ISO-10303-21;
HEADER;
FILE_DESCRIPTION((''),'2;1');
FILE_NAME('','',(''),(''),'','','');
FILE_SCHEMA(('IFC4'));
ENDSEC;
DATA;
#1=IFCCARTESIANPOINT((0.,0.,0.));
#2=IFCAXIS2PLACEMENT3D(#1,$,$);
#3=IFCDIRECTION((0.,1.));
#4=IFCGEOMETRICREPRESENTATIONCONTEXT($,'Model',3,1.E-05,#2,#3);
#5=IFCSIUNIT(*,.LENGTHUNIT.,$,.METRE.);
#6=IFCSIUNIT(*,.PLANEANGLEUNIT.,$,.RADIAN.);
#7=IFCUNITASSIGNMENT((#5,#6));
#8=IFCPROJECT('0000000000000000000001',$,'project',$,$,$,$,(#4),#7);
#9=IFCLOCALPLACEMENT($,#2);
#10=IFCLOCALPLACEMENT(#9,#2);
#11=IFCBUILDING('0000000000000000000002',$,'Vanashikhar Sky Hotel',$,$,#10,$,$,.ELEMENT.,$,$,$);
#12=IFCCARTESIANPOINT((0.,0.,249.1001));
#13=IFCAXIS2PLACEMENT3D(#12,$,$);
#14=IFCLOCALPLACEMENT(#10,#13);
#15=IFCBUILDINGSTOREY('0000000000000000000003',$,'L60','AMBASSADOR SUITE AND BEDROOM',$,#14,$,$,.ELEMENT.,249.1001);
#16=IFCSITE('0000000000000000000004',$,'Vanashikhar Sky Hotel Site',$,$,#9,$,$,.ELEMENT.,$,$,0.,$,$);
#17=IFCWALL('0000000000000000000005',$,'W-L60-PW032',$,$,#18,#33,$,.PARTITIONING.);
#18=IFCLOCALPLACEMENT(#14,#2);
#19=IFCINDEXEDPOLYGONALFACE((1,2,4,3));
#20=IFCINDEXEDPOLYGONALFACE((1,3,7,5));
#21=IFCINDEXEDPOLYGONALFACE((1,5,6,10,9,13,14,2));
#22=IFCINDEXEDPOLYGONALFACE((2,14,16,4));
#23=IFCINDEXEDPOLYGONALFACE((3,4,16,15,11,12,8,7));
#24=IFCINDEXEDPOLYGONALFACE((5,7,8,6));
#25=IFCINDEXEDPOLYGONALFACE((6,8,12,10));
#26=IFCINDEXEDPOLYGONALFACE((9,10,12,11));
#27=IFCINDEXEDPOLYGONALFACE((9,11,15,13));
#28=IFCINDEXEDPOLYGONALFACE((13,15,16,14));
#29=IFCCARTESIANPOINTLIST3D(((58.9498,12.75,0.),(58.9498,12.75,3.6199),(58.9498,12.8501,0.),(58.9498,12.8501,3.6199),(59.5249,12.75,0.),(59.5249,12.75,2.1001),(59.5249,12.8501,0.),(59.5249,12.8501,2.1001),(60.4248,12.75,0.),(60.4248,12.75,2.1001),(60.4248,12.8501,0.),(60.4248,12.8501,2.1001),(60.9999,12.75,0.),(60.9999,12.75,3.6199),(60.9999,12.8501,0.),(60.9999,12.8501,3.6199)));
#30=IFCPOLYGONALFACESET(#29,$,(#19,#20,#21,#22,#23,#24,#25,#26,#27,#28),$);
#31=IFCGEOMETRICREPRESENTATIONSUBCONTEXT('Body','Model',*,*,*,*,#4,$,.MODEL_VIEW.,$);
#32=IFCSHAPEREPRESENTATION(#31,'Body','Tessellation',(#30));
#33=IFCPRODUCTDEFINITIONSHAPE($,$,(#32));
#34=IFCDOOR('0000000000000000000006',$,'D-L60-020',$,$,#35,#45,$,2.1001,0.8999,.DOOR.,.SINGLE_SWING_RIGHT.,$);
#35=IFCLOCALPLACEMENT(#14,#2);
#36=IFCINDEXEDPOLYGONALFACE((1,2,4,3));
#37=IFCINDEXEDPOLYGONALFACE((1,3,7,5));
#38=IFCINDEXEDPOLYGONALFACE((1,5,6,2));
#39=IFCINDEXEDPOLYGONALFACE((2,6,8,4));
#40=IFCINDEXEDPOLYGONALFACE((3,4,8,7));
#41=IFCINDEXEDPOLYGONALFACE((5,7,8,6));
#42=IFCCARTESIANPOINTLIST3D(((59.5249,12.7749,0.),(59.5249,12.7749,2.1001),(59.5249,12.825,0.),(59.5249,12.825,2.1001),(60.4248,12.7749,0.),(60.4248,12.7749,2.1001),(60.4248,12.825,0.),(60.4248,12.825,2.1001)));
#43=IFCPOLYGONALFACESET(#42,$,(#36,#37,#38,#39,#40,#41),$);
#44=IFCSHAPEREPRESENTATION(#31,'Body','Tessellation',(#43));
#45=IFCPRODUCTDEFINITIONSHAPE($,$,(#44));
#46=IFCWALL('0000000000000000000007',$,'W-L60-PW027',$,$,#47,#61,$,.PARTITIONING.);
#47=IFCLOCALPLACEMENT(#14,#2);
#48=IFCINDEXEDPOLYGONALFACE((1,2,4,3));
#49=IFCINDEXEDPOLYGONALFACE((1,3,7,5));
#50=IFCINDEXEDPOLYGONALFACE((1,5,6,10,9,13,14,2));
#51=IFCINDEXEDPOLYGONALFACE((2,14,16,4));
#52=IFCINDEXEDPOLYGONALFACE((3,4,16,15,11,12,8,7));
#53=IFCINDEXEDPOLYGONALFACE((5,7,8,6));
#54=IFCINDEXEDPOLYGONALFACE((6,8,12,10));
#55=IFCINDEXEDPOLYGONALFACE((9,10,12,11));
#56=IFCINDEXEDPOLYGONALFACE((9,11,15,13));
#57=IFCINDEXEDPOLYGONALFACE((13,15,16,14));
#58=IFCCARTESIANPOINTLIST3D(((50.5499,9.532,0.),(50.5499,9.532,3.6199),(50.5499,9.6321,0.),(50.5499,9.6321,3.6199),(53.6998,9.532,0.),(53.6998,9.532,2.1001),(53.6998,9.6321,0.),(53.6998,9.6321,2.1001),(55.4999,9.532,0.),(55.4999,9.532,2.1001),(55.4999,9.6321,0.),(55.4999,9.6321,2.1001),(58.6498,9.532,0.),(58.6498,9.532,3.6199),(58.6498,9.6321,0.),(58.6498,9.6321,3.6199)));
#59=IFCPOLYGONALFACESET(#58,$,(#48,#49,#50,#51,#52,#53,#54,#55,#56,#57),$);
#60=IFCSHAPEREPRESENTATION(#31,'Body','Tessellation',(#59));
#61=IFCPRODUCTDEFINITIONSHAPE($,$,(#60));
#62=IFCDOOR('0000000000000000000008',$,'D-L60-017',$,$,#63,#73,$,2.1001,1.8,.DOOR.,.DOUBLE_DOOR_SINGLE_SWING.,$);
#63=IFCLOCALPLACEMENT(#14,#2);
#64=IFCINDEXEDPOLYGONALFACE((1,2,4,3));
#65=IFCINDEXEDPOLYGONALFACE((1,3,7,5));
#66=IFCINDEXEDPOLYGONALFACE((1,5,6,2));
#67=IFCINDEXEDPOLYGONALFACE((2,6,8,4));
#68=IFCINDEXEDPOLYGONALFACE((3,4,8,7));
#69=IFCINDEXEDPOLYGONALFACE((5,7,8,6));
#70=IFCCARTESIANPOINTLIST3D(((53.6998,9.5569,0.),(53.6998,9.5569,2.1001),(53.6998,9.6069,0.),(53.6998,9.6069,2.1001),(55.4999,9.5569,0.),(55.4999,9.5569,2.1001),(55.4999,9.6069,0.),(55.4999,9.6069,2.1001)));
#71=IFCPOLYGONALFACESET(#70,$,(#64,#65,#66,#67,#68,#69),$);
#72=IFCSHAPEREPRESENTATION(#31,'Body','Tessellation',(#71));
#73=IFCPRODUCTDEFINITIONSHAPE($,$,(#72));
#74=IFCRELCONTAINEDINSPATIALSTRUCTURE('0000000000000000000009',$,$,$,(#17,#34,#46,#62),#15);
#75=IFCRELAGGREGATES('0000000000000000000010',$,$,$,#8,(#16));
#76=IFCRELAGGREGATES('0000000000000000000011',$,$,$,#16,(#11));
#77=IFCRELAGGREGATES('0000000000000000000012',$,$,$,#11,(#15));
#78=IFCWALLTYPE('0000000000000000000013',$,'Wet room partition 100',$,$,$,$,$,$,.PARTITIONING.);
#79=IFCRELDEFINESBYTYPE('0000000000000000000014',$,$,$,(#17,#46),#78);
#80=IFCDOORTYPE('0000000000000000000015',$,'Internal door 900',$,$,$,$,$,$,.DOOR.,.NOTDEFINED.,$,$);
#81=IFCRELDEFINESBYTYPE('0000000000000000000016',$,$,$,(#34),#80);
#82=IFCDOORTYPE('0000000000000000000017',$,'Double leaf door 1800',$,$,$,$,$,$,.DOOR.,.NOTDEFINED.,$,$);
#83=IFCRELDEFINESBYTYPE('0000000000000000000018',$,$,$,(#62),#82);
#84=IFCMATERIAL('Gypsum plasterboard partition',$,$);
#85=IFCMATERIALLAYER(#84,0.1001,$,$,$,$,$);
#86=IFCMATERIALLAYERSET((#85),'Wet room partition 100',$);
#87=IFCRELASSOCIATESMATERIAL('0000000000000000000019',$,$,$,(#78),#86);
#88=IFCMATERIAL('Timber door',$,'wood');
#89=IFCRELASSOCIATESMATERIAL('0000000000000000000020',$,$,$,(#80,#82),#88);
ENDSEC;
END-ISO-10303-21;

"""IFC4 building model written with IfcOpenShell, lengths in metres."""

from ifc_helpers import new_model, si_unit, direction, frame, frame_2d, origin, place, context, subcontext, project, spatial, rectangle, extrude, source, transform, mapped, material, layer, layer_set, type_object, element, fill, save


model = new_model("IFC4")

# Units and contexts
model_context = context("Model", 3, precision=1e-05, world=origin(), true_north=direction((0.0, 1.0)))
body_context = subcontext(model_context, "Body", "Model", "MODEL_VIEW")
ifc_project = project(units=[si_unit("LENGTHUNIT", "METRE"), si_unit("PLANEANGLEUNIT", "RADIAN")], contexts=[model_context])

# Site, building, storey
site_placement = place(None, origin())
site = spatial("IfcSite", under=ifc_project, at=site_placement, Name="Vanashikhar Sky Hotel Site", CompositionType="ELEMENT", RefElevation=0.0)
building_placement = place(site_placement, origin())
building = spatial("IfcBuilding", under=site, at=building_placement, Name="Vanashikhar Sky Hotel", CompositionType="ELEMENT")
storey_placement = place(building_placement, frame((0.0, 0.0, 249.1001)))
storey = spatial("IfcBuildingStorey", under=building, at=storey_placement, Name="L60", Description="AMBASSADOR SUITE AND BEDROOM", CompositionType="ELEMENT", Elevation=249.1001)

# Shared definitions
ifc_material_1 = material(Name="Gypsum plasterboard partition")
ifc_layer_1 = layer(ifc_material_1, 0.1001)
ifc_layer_set_1 = layer_set([ifc_layer_1], Name="Wet room partition 100")
wall_type_1 = type_object("IfcWallType", Name="Wet room partition 100", PredefinedType="PARTITIONING", material=ifc_layer_set_1)
shared_shape_1 = source(origin(), body_context, "Body", "SweptSolid", [
    extrude(rectangle(XDim=0.8999, YDim=2.1001, at=frame_2d((0.45, 1.05))), frame((0.0, 0.0601, 0.0), z_axis=(0.0, -1.0, 0.0), x_axis=(1.0, 0.0, 0.0)), (0.0, 0.0, 1.0), 0.1201),
])
ifc_material_2 = material(Name="Timber door", Category="wood")
door_type_1 = type_object("IfcDoorType", Name="Internal door 900", OperationType="NOTDEFINED", PredefinedType="DOOR", material=ifc_material_2)
shared_shape_2 = source(origin(), body_context, "Body", "SweptSolid", [
    extrude(rectangle(XDim=0.8999, YDim=2.1001, at=frame_2d((0.45, 1.05))), frame((0.0, 0.0249, 0.0), z_axis=(0.0, -1.0, 0.0), x_axis=(1.0, 0.0, 0.0)), (0.0, 0.0, 1.0), 0.05),
])
shared_shape_3 = source(origin(), body_context, "Body", "SweptSolid", [
    extrude(rectangle(XDim=1.8, YDim=2.1001, at=frame_2d((0.8999, 1.05))), frame((0.0, 0.0601, 0.0), z_axis=(0.0, -1.0, 0.0), x_axis=(1.0, 0.0, 0.0)), (0.0, 0.0, 1.0), 0.1201),
])
door_type_2 = type_object("IfcDoorType", Name="Double leaf door 1800", OperationType="NOTDEFINED", PredefinedType="DOOR", material=ifc_material_2)
shared_shape_4 = source(origin(), body_context, "Body", "SweptSolid", [
    extrude(rectangle(XDim=1.8, YDim=2.1001, at=frame_2d((0.8999, 1.05))), frame((0.0, 0.0249, 0.0), z_axis=(0.0, -1.0, 0.0), x_axis=(1.0, 0.0, 0.0)), (0.0, 0.0, 1.0), 0.05),
])

# Walls, openings, doors
shared_shape_5 = source(origin(), body_context, "Body", "SweptSolid", [
    extrude(rectangle(XDim=2.05, YDim=0.1001, at=frame_2d((1.0249, 0.0))), origin(), (0.0, 0.0, 1.0), 3.6199),
])
wall_1_placement = place(storey_placement, frame((58.95, 12.8, 0.0), z_axis=(0.0, 0.0, 1.0), x_axis=(1.0, 0.0, 0.0)))
wall_1 = element("IfcWall", 1, at=wall_1_placement, inside=storey, type_object=wall_type_1, Name="W-L60-PW032", PredefinedType="PARTITIONING", context=body_context, shape_type="MappedRepresentation", body=[
    mapped(shared_shape_5, transform((0.0, 0.0, 0.0), scale=1.0)),
])
opening_1_placement = place(wall_1_placement, frame((0.575, 0.0, 0.0)))
opening_1 = element("IfcOpeningElement", 2, at=opening_1_placement, cuts=wall_1, PredefinedType="OPENING", context=body_context, shape_type="MappedRepresentation", body=[
    mapped(shared_shape_1, transform((0.0, 0.0, 0.0), scale=1.0)),
])
door_1_placement = place(opening_1_placement, origin())
door_1 = element("IfcDoor", 3, at=door_1_placement, inside=storey, type_object=door_type_1, Name="D-L60-020", OperationType="SINGLE_SWING_RIGHT", OverallHeight=2.1001, OverallWidth=0.8999, PredefinedType="DOOR", context=body_context, shape_type="MappedRepresentation", body=[
    mapped(shared_shape_2, transform((0.0, 0.0, 0.0), scale=1.0)),
])
fill(opening_1, door_1)
shared_shape_6 = source(origin(), body_context, "Body", "SweptSolid", [
    extrude(rectangle(XDim=8.0999, YDim=0.1001, at=frame_2d((4.0498, 0.0))), origin(), (0.0, 0.0, 1.0), 3.6199),
])
wall_2_placement = place(storey_placement, frame((50.55, 9.582, 0.0), z_axis=(0.0, 0.0, 1.0), x_axis=(1.0, 0.0, 0.0)))
wall_2 = element("IfcWall", 4, at=wall_2_placement, inside=storey, type_object=wall_type_1, Name="W-L60-PW027", PredefinedType="PARTITIONING", context=body_context, shape_type="MappedRepresentation", body=[
    mapped(shared_shape_6, transform((0.0, 0.0, 0.0), scale=1.0)),
])
opening_2_placement = place(wall_2_placement, frame((3.1499, 0.0, 0.0)))
opening_2 = element("IfcOpeningElement", 5, at=opening_2_placement, cuts=wall_2, PredefinedType="OPENING", context=body_context, shape_type="MappedRepresentation", body=[
    mapped(shared_shape_3, transform((0.0, 0.0, 0.0), scale=1.0)),
])
door_2_placement = place(opening_2_placement, origin())
door_2 = element("IfcDoor", 6, at=door_2_placement, inside=storey, type_object=door_type_2, Name="D-L60-017", OperationType="DOUBLE_DOOR_SINGLE_SWING", OverallHeight=2.1001, OverallWidth=1.8, PredefinedType="DOOR", context=body_context, shape_type="MappedRepresentation", body=[
    mapped(shared_shape_4, transform((0.0, 0.0, 0.0), scale=1.0)),
])
fill(opening_2, door_2)

save(model, "model.ifc")
